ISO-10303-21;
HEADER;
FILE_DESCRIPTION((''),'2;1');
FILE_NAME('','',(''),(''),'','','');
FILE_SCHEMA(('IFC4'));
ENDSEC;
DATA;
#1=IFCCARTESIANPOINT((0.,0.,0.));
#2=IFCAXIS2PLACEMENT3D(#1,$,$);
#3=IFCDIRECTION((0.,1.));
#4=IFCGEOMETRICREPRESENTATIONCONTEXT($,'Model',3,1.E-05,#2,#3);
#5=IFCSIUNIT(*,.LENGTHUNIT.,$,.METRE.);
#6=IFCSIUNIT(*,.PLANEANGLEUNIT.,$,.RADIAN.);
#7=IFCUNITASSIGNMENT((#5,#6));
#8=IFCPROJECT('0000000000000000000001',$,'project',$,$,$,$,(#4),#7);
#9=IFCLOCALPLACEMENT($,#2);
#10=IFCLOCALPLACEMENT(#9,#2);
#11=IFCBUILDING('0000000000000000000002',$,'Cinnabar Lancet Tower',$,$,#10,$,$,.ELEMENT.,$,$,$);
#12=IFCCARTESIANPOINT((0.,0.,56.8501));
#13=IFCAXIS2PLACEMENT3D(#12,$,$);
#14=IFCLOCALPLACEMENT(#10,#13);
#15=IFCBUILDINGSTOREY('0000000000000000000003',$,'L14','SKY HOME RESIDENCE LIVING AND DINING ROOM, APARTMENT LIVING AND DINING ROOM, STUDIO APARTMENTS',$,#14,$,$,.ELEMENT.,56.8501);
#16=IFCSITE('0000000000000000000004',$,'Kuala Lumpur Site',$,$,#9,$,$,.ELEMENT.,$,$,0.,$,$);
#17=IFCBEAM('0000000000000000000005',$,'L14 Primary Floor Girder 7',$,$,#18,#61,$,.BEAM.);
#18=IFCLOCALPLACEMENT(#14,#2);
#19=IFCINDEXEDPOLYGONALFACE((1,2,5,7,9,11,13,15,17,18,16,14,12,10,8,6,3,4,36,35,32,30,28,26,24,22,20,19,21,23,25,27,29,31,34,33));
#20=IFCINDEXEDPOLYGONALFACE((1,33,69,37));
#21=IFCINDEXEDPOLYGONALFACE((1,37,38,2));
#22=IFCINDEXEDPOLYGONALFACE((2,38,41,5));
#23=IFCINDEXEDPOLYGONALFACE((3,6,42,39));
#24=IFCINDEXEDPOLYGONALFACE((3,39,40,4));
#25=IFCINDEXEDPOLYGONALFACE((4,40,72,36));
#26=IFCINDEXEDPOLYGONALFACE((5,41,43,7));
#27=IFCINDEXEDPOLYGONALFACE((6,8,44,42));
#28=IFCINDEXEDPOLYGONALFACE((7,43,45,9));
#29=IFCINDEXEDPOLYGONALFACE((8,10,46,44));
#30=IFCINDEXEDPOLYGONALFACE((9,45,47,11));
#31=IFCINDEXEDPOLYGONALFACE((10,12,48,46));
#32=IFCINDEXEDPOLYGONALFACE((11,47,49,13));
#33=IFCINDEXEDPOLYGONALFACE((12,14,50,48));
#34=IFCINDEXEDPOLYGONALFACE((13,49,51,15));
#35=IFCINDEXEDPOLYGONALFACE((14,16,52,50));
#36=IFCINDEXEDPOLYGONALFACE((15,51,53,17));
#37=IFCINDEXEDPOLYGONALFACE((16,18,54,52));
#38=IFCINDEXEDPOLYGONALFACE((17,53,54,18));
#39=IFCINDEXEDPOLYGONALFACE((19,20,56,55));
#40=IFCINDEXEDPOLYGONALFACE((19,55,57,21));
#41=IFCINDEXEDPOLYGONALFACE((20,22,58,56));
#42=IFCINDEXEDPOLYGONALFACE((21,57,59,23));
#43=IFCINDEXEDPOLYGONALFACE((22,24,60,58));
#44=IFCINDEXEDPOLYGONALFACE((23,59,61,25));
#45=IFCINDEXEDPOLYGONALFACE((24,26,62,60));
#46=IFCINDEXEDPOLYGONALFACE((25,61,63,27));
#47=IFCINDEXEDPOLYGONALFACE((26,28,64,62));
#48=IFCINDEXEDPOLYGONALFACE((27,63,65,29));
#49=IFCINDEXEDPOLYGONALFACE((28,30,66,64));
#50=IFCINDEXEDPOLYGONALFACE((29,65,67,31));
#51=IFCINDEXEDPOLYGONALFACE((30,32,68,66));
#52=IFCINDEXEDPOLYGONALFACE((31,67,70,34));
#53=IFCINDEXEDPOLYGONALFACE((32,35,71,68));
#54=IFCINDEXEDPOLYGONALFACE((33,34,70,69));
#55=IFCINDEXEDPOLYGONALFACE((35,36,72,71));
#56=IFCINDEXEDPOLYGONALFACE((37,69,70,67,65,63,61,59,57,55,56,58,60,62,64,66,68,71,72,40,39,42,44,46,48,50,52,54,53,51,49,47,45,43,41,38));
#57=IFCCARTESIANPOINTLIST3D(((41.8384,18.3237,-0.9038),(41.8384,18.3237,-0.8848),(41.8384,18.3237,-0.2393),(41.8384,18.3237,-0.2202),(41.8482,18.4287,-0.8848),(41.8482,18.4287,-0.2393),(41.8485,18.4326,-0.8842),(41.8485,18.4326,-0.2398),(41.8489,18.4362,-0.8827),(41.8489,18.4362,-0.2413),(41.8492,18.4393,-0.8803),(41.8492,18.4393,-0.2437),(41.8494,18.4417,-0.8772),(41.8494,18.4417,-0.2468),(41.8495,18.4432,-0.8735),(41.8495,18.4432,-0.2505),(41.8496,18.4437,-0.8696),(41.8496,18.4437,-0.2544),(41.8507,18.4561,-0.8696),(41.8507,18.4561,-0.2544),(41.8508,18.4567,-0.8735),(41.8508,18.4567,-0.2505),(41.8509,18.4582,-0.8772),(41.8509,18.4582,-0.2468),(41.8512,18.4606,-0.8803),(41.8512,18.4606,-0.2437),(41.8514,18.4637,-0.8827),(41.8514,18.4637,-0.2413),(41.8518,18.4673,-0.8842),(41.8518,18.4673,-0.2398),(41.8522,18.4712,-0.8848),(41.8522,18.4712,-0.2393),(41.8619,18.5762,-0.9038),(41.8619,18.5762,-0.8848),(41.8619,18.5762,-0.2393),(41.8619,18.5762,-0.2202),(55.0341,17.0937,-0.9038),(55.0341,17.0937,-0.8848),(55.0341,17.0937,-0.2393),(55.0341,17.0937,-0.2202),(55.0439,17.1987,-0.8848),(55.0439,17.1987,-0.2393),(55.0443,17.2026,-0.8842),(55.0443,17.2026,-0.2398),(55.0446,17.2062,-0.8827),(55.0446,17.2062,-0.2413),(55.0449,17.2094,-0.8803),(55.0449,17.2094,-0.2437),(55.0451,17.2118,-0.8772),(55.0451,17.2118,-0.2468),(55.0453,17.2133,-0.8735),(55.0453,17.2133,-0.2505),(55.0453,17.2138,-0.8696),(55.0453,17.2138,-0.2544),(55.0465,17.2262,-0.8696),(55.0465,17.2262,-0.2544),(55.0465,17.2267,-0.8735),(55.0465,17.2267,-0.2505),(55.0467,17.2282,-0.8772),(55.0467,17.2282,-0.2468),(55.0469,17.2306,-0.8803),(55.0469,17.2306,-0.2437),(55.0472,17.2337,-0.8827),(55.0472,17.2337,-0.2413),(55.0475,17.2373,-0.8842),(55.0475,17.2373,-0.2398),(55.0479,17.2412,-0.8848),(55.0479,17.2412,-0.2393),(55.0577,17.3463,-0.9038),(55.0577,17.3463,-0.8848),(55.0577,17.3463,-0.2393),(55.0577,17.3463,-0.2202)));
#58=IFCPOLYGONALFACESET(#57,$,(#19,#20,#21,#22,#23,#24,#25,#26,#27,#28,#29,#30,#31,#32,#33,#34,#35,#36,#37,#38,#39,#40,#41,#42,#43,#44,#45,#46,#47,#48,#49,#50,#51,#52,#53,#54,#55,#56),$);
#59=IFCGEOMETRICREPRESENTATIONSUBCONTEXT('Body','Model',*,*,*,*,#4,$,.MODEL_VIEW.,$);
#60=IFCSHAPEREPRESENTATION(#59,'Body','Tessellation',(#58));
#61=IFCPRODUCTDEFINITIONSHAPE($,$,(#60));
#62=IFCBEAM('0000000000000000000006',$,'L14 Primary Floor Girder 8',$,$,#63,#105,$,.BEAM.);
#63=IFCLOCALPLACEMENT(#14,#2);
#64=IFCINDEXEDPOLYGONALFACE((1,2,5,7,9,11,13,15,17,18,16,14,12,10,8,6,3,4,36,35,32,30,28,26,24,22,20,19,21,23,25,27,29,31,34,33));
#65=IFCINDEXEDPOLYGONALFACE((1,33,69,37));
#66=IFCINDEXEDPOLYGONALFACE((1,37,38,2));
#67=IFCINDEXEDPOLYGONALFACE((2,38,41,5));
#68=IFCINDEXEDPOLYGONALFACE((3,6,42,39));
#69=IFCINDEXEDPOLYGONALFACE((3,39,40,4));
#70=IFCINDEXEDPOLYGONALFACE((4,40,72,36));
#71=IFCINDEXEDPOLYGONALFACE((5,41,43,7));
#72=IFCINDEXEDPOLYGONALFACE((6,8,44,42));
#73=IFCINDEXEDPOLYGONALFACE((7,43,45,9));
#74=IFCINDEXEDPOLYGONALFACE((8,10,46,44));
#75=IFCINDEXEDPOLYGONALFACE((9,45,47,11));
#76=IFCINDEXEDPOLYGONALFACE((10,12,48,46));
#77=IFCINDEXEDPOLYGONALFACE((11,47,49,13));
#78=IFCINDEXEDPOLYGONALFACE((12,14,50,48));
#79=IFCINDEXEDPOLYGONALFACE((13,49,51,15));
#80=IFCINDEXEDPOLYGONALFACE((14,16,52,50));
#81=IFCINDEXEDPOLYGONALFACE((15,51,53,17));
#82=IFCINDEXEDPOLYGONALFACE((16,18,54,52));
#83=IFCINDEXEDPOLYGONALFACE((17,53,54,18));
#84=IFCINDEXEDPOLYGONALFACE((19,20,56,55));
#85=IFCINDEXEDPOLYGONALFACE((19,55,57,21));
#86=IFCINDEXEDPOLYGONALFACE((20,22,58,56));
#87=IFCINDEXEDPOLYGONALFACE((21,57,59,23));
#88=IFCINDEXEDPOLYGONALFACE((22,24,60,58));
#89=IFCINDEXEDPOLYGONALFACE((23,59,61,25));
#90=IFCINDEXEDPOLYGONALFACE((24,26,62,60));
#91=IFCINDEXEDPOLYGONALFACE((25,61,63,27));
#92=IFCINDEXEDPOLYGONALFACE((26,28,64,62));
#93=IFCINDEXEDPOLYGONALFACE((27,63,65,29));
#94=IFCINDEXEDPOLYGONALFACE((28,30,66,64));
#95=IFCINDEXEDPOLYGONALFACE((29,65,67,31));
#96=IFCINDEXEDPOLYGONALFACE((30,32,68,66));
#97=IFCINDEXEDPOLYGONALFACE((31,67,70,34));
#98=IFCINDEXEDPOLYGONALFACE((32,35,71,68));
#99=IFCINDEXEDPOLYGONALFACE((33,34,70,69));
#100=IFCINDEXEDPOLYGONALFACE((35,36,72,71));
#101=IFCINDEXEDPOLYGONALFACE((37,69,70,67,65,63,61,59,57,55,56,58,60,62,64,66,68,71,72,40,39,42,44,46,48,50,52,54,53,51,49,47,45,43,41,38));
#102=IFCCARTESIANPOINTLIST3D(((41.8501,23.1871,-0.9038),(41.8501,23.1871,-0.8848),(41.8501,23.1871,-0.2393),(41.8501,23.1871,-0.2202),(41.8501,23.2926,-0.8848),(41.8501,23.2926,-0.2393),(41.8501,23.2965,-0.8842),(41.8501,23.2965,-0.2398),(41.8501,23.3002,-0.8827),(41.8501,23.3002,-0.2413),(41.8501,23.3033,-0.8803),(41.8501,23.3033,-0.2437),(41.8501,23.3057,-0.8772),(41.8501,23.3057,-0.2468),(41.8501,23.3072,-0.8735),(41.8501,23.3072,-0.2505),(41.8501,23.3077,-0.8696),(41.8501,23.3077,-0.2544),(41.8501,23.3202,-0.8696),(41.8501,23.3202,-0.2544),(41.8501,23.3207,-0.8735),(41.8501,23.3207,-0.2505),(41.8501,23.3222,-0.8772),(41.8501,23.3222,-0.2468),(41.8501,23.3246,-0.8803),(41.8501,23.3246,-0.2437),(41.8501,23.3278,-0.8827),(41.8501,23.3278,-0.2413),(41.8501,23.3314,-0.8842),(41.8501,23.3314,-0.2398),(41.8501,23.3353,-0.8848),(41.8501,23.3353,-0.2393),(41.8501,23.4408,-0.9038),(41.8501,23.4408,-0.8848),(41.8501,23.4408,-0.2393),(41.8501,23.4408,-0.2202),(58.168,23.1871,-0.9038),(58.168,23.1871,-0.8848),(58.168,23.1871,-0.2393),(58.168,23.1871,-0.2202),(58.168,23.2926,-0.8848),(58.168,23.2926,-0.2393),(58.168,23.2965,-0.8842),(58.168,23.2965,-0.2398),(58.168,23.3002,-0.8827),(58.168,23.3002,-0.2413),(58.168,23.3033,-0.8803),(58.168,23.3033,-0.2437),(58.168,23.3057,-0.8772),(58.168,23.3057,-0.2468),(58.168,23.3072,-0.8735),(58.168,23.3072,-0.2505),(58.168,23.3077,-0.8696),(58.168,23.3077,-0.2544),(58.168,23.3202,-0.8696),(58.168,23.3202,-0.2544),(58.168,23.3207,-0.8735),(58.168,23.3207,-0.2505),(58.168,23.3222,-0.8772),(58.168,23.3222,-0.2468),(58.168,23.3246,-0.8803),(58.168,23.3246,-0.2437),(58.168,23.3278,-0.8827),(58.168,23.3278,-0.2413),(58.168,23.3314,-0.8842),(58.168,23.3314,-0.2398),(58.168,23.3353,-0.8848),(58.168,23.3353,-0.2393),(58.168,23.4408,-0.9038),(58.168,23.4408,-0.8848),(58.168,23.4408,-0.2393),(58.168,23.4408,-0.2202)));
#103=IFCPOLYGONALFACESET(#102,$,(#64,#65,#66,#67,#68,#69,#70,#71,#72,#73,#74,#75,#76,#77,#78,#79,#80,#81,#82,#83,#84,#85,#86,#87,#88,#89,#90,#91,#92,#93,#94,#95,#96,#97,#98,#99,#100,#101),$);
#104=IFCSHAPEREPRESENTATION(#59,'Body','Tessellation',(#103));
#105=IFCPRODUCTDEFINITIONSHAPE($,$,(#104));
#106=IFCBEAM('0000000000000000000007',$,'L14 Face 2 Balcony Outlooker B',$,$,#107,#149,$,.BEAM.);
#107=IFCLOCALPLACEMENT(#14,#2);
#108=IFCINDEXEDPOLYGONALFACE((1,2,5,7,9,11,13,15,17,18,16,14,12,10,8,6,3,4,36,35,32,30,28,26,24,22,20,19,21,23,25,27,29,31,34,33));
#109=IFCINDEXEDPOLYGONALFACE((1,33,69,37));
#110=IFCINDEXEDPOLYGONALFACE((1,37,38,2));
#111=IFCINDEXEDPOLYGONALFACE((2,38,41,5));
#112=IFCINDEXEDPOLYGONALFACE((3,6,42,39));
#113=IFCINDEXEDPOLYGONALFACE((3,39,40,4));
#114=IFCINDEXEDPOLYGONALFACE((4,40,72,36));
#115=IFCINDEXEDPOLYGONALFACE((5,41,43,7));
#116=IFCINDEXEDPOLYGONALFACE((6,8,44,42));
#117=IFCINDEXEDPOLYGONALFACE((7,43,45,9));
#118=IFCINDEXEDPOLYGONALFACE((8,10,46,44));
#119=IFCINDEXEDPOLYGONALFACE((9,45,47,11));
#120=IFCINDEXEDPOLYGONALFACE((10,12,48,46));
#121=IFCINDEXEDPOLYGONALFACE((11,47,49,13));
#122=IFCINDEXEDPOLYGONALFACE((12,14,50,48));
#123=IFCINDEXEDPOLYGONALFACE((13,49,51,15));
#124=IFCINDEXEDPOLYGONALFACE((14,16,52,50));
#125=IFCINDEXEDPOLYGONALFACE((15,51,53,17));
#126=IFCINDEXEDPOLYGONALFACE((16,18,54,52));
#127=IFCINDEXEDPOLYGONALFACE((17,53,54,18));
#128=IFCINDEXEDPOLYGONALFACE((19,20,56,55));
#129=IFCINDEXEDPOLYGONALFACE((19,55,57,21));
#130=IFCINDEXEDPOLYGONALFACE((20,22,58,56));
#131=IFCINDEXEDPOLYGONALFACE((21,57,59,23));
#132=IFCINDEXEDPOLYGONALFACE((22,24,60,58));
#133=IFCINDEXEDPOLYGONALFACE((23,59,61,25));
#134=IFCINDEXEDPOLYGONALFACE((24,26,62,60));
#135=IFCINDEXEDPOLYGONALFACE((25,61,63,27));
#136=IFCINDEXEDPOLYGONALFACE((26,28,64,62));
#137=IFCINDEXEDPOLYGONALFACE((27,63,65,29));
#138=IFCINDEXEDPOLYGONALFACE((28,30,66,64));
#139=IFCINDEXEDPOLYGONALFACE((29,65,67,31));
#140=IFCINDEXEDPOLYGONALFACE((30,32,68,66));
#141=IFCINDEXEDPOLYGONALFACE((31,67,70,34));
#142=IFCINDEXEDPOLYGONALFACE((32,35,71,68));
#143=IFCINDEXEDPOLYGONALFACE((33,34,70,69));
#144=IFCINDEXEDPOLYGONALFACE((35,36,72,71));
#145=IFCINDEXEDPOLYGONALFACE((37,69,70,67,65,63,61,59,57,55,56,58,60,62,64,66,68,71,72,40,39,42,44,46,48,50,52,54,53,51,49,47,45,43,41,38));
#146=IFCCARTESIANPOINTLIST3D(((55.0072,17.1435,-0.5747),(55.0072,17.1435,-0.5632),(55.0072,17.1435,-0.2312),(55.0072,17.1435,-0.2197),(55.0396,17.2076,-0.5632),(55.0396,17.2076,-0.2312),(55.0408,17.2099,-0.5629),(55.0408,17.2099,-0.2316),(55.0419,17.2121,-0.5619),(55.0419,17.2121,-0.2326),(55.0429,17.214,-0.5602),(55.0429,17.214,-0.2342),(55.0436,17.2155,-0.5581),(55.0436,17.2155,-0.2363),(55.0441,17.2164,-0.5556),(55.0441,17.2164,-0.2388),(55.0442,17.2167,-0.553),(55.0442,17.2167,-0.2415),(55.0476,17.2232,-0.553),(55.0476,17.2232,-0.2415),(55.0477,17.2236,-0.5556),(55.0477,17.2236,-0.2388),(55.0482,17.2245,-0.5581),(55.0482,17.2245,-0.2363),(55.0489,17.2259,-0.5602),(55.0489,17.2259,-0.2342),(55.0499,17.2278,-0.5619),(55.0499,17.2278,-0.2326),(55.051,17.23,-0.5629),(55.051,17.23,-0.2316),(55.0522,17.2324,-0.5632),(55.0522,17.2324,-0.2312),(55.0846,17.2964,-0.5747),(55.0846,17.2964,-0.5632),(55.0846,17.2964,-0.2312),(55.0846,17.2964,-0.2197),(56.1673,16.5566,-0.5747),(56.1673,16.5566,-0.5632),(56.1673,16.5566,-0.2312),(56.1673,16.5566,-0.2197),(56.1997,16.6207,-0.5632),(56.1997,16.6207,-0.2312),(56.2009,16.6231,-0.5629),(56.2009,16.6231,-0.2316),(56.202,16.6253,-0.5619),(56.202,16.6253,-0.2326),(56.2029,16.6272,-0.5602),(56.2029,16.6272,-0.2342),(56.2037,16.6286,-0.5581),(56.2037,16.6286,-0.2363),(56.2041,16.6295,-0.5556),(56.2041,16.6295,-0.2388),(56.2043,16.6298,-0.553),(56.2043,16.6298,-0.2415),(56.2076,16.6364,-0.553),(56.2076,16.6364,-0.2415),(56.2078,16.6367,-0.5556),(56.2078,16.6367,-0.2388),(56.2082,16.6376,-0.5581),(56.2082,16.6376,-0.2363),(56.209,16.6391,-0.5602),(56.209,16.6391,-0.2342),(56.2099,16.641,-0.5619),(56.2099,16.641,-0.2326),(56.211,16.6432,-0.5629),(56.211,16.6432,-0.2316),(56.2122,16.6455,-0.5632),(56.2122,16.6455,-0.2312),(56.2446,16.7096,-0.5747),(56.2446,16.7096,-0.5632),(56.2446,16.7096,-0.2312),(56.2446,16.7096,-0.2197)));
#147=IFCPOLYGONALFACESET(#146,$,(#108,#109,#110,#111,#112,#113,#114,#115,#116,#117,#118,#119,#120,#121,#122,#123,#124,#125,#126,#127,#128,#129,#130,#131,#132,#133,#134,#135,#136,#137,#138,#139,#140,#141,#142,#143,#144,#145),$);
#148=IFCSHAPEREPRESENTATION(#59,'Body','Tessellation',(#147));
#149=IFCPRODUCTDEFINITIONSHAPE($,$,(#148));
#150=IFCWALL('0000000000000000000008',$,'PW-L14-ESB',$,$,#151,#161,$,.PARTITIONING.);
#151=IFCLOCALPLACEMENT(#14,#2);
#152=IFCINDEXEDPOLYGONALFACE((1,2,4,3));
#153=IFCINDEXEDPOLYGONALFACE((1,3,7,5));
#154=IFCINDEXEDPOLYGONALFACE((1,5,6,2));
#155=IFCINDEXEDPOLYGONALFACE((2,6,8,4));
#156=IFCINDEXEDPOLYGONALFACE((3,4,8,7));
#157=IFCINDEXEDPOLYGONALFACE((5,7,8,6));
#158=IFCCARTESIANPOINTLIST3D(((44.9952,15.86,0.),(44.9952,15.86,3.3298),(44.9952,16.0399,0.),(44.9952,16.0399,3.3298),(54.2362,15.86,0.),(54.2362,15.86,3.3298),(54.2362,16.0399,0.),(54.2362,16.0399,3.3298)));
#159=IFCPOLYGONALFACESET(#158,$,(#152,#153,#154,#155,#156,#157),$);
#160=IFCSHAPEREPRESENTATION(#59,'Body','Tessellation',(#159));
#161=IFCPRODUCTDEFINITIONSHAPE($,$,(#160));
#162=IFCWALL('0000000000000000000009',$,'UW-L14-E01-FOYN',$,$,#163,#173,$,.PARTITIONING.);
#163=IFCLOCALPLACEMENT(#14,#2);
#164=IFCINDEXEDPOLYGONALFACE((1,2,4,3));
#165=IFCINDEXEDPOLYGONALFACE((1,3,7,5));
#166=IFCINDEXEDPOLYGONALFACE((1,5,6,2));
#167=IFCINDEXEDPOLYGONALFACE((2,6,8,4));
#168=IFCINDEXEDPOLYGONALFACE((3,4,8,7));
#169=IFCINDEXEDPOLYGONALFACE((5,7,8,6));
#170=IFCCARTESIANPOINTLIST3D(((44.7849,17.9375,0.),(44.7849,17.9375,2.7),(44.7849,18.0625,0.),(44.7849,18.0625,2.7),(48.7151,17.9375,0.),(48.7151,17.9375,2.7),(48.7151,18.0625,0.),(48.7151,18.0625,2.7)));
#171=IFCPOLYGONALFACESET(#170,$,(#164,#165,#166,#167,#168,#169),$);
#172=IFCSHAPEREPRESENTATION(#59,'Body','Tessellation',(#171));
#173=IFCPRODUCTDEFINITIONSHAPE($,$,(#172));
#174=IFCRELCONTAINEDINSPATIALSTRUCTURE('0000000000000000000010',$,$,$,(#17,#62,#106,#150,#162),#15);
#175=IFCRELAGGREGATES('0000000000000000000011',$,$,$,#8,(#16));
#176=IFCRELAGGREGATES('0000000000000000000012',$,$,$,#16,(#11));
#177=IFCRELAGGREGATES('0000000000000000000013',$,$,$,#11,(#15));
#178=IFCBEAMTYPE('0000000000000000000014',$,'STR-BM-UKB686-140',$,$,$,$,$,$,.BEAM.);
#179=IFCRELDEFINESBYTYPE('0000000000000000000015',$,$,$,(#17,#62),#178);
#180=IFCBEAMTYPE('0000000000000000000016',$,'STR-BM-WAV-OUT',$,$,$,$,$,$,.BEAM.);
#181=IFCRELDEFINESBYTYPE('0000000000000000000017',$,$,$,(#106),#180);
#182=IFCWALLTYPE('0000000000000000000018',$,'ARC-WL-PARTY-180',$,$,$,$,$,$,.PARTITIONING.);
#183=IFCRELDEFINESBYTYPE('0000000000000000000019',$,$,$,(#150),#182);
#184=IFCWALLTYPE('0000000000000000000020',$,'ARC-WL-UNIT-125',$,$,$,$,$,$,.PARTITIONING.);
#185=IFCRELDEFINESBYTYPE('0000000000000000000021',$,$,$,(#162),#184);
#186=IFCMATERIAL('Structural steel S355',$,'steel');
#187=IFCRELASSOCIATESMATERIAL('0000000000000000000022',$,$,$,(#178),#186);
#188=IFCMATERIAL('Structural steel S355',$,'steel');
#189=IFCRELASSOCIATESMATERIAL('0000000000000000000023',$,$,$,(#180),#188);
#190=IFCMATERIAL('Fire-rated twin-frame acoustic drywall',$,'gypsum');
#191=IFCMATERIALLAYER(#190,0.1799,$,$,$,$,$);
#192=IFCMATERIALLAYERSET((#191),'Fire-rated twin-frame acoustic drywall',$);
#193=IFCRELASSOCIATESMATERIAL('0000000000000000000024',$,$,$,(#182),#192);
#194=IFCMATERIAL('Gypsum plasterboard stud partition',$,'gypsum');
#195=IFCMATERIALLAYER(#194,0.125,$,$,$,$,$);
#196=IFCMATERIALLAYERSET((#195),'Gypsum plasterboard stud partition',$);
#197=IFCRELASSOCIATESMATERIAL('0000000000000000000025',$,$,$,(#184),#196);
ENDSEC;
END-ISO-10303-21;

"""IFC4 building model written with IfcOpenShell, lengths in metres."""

from ifc_helpers import new_model, si_unit, direction, frame, frame_2d, origin, origin_2d, place, context, subcontext, project, spatial, rectangle, i_section, extrude, material, layer, layer_set, material_profile, profile_set, type_object, element, save


model = new_model("IFC4")

# Units and contexts
model_context = context("Model", 3, precision=1e-05, world=origin(), true_north=direction((0.0, 1.0)))
body_context = subcontext(model_context, "Body", "Model", "MODEL_VIEW")
ifc_project = project(units=[si_unit("LENGTHUNIT", "METRE"), si_unit("PLANEANGLEUNIT", "RADIAN")], contexts=[model_context])

# Site, building, storey
site_placement = place(None, origin())
site = spatial("IfcSite", under=ifc_project, at=site_placement, Name="Kuala Lumpur Site", CompositionType="ELEMENT", RefElevation=0.0)
building_placement = place(site_placement, origin())
building = spatial("IfcBuilding", under=site, at=building_placement, Name="Cinnabar Lancet Tower", CompositionType="ELEMENT")
storey_placement = place(building_placement, frame((0.0, 0.0, 56.8501)))
storey = spatial("IfcBuildingStorey", under=building, at=storey_placement, Name="L14", Description="SKY HOME RESIDENCE LIVING AND DINING ROOM, APARTMENT LIVING AND DINING ROOM, STUDIO APARTMENTS", CompositionType="ELEMENT", Elevation=56.8501)

# Beams
ifc_material_1 = material(Name="Structural steel S355", Category="steel")
ifc_material_profile_1 = material_profile(ifc_material_1, i_section(OverallWidth=0.2537, OverallDepth=0.6836, WebThickness=0.0125, FlangeThickness=0.019, FilletRadius=0.0151, at=origin_2d()), Name="UKB 686x254x140")
ifc_profile_set_1 = profile_set([ifc_material_profile_1], Name="Structural steel S355")
beam_type_1 = type_object("IfcBeamType", Name="STR-BM-UKB686-140", PredefinedType="BEAM", material=ifc_profile_set_1)
beam_1_placement = place(storey_placement, frame((55.0459, 17.22, -0.562), z_axis=(-0.995684, 0.092808, 0.0), x_axis=(-0.092808, -0.995684, 0.0)))
element("IfcBeam", 1, at=beam_1_placement, inside=storey, type_object=beam_type_1, Name="L14 Primary Floor Girder 7", PredefinedType="BEAM", context=body_context, shape_type="SweptSolid", body=[
    extrude(i_section(OverallWidth=0.2537, OverallDepth=0.6836, WebThickness=0.0125, FlangeThickness=0.019, FilletRadius=0.0151, at=origin_2d()), origin(), (0.0, 0.0, 1.0), 13.2529),
])
beam_2_placement = place(storey_placement, frame((58.168, 23.314, -0.562), z_axis=(-1.0, 0.0, 0.0), x_axis=(0.0, -1.0, 0.0)))
element("IfcBeam", 2, at=beam_2_placement, inside=storey, type_object=beam_type_1, Name="L14 Primary Floor Girder 8", PredefinedType="BEAM", context=body_context, shape_type="SweptSolid", body=[
    extrude(i_section(OverallWidth=0.2537, OverallDepth=0.6836, WebThickness=0.0125, FlangeThickness=0.019, FilletRadius=0.0151, at=origin_2d()), origin(), (0.0, 0.0, 1.0), 16.3179),
])
ifc_material_2 = material(Name="Structural steel S355", Category="steel")
ifc_material_profile_2 = material_profile(ifc_material_2, i_section(OverallWidth=0.1714, OverallDepth=0.355, WebThickness=0.0073, FlangeThickness=0.0115, FilletRadius=0.0103, at=origin_2d()), Name="UKB 356x171x51")
ifc_profile_set_2 = profile_set([ifc_material_profile_2], Name="Structural steel S355")
beam_type_2 = type_object("IfcBeamType", Name="STR-BM-WAV-OUT", PredefinedType="BEAM", material=ifc_profile_set_2)
beam_3_placement = place(storey_placement, frame((55.0459, 17.22, -0.3972), z_axis=(0.892314, -0.451415, 0.0), x_axis=(0.451415, 0.892314, 0.0)))
element("IfcBeam", 3, at=beam_3_placement, inside=storey, type_object=beam_type_2, Name="L14 Face 2 Balcony Outlooker B", PredefinedType="BEAM", context=body_context, shape_type="SweptSolid", body=[
    extrude(i_section(OverallWidth=0.1714, OverallDepth=0.355, WebThickness=0.0073, FlangeThickness=0.0115, FilletRadius=0.0103, at=origin_2d()), origin(), (0.0, 0.0, 1.0), 1.3),
])

# Walls
ifc_material_3 = material(Name="Fire-rated twin-frame acoustic drywall", Category="gypsum")
ifc_layer_1 = layer(ifc_material_3, 0.1799)
ifc_layer_set_1 = layer_set([ifc_layer_1], Name="Fire-rated twin-frame acoustic drywall")
wall_type_1 = type_object("IfcWallType", Name="ARC-WL-PARTY-180", PredefinedType="PARTITIONING", material=ifc_layer_set_1)
wall_1_placement = place(storey_placement, frame((44.9951, 15.95, 0.0), z_axis=(0.0, 0.0, 1.0), x_axis=(1.0, 0.0, 0.0)))
element("IfcWall", 4, at=wall_1_placement, inside=storey, type_object=wall_type_1, Name="PW-L14-ESB", PredefinedType="PARTITIONING", context=body_context, shape_type="SweptSolid", body=[
    extrude(rectangle(XDim=9.241, YDim=0.1799, at=frame_2d((4.6206, 0.0))), origin(), (0.0, 0.0, 1.0), 3.3298),
])
ifc_material_4 = material(Name="Gypsum plasterboard stud partition", Category="gypsum")
ifc_layer_2 = layer(ifc_material_4, 0.125)
ifc_layer_set_2 = layer_set([ifc_layer_2], Name="Gypsum plasterboard stud partition")
wall_type_2 = type_object("IfcWallType", Name="ARC-WL-UNIT-125", PredefinedType="PARTITIONING", material=ifc_layer_set_2)
wall_2_placement = place(storey_placement, frame((44.7849, 18.0, 0.0), z_axis=(0.0, 0.0, 1.0), x_axis=(1.0, 0.0, 0.0)))
element("IfcWall", 5, at=wall_2_placement, inside=storey, type_object=wall_type_2, Name="UW-L14-E01-FOYN", PredefinedType="PARTITIONING", context=body_context, shape_type="SweptSolid", body=[
    extrude(rectangle(XDim=3.9302, YDim=0.125, at=frame_2d((1.9651, 0.0))), origin(), (0.0, 0.0, 1.0), 2.7),
])

save(model, "model.ifc")
